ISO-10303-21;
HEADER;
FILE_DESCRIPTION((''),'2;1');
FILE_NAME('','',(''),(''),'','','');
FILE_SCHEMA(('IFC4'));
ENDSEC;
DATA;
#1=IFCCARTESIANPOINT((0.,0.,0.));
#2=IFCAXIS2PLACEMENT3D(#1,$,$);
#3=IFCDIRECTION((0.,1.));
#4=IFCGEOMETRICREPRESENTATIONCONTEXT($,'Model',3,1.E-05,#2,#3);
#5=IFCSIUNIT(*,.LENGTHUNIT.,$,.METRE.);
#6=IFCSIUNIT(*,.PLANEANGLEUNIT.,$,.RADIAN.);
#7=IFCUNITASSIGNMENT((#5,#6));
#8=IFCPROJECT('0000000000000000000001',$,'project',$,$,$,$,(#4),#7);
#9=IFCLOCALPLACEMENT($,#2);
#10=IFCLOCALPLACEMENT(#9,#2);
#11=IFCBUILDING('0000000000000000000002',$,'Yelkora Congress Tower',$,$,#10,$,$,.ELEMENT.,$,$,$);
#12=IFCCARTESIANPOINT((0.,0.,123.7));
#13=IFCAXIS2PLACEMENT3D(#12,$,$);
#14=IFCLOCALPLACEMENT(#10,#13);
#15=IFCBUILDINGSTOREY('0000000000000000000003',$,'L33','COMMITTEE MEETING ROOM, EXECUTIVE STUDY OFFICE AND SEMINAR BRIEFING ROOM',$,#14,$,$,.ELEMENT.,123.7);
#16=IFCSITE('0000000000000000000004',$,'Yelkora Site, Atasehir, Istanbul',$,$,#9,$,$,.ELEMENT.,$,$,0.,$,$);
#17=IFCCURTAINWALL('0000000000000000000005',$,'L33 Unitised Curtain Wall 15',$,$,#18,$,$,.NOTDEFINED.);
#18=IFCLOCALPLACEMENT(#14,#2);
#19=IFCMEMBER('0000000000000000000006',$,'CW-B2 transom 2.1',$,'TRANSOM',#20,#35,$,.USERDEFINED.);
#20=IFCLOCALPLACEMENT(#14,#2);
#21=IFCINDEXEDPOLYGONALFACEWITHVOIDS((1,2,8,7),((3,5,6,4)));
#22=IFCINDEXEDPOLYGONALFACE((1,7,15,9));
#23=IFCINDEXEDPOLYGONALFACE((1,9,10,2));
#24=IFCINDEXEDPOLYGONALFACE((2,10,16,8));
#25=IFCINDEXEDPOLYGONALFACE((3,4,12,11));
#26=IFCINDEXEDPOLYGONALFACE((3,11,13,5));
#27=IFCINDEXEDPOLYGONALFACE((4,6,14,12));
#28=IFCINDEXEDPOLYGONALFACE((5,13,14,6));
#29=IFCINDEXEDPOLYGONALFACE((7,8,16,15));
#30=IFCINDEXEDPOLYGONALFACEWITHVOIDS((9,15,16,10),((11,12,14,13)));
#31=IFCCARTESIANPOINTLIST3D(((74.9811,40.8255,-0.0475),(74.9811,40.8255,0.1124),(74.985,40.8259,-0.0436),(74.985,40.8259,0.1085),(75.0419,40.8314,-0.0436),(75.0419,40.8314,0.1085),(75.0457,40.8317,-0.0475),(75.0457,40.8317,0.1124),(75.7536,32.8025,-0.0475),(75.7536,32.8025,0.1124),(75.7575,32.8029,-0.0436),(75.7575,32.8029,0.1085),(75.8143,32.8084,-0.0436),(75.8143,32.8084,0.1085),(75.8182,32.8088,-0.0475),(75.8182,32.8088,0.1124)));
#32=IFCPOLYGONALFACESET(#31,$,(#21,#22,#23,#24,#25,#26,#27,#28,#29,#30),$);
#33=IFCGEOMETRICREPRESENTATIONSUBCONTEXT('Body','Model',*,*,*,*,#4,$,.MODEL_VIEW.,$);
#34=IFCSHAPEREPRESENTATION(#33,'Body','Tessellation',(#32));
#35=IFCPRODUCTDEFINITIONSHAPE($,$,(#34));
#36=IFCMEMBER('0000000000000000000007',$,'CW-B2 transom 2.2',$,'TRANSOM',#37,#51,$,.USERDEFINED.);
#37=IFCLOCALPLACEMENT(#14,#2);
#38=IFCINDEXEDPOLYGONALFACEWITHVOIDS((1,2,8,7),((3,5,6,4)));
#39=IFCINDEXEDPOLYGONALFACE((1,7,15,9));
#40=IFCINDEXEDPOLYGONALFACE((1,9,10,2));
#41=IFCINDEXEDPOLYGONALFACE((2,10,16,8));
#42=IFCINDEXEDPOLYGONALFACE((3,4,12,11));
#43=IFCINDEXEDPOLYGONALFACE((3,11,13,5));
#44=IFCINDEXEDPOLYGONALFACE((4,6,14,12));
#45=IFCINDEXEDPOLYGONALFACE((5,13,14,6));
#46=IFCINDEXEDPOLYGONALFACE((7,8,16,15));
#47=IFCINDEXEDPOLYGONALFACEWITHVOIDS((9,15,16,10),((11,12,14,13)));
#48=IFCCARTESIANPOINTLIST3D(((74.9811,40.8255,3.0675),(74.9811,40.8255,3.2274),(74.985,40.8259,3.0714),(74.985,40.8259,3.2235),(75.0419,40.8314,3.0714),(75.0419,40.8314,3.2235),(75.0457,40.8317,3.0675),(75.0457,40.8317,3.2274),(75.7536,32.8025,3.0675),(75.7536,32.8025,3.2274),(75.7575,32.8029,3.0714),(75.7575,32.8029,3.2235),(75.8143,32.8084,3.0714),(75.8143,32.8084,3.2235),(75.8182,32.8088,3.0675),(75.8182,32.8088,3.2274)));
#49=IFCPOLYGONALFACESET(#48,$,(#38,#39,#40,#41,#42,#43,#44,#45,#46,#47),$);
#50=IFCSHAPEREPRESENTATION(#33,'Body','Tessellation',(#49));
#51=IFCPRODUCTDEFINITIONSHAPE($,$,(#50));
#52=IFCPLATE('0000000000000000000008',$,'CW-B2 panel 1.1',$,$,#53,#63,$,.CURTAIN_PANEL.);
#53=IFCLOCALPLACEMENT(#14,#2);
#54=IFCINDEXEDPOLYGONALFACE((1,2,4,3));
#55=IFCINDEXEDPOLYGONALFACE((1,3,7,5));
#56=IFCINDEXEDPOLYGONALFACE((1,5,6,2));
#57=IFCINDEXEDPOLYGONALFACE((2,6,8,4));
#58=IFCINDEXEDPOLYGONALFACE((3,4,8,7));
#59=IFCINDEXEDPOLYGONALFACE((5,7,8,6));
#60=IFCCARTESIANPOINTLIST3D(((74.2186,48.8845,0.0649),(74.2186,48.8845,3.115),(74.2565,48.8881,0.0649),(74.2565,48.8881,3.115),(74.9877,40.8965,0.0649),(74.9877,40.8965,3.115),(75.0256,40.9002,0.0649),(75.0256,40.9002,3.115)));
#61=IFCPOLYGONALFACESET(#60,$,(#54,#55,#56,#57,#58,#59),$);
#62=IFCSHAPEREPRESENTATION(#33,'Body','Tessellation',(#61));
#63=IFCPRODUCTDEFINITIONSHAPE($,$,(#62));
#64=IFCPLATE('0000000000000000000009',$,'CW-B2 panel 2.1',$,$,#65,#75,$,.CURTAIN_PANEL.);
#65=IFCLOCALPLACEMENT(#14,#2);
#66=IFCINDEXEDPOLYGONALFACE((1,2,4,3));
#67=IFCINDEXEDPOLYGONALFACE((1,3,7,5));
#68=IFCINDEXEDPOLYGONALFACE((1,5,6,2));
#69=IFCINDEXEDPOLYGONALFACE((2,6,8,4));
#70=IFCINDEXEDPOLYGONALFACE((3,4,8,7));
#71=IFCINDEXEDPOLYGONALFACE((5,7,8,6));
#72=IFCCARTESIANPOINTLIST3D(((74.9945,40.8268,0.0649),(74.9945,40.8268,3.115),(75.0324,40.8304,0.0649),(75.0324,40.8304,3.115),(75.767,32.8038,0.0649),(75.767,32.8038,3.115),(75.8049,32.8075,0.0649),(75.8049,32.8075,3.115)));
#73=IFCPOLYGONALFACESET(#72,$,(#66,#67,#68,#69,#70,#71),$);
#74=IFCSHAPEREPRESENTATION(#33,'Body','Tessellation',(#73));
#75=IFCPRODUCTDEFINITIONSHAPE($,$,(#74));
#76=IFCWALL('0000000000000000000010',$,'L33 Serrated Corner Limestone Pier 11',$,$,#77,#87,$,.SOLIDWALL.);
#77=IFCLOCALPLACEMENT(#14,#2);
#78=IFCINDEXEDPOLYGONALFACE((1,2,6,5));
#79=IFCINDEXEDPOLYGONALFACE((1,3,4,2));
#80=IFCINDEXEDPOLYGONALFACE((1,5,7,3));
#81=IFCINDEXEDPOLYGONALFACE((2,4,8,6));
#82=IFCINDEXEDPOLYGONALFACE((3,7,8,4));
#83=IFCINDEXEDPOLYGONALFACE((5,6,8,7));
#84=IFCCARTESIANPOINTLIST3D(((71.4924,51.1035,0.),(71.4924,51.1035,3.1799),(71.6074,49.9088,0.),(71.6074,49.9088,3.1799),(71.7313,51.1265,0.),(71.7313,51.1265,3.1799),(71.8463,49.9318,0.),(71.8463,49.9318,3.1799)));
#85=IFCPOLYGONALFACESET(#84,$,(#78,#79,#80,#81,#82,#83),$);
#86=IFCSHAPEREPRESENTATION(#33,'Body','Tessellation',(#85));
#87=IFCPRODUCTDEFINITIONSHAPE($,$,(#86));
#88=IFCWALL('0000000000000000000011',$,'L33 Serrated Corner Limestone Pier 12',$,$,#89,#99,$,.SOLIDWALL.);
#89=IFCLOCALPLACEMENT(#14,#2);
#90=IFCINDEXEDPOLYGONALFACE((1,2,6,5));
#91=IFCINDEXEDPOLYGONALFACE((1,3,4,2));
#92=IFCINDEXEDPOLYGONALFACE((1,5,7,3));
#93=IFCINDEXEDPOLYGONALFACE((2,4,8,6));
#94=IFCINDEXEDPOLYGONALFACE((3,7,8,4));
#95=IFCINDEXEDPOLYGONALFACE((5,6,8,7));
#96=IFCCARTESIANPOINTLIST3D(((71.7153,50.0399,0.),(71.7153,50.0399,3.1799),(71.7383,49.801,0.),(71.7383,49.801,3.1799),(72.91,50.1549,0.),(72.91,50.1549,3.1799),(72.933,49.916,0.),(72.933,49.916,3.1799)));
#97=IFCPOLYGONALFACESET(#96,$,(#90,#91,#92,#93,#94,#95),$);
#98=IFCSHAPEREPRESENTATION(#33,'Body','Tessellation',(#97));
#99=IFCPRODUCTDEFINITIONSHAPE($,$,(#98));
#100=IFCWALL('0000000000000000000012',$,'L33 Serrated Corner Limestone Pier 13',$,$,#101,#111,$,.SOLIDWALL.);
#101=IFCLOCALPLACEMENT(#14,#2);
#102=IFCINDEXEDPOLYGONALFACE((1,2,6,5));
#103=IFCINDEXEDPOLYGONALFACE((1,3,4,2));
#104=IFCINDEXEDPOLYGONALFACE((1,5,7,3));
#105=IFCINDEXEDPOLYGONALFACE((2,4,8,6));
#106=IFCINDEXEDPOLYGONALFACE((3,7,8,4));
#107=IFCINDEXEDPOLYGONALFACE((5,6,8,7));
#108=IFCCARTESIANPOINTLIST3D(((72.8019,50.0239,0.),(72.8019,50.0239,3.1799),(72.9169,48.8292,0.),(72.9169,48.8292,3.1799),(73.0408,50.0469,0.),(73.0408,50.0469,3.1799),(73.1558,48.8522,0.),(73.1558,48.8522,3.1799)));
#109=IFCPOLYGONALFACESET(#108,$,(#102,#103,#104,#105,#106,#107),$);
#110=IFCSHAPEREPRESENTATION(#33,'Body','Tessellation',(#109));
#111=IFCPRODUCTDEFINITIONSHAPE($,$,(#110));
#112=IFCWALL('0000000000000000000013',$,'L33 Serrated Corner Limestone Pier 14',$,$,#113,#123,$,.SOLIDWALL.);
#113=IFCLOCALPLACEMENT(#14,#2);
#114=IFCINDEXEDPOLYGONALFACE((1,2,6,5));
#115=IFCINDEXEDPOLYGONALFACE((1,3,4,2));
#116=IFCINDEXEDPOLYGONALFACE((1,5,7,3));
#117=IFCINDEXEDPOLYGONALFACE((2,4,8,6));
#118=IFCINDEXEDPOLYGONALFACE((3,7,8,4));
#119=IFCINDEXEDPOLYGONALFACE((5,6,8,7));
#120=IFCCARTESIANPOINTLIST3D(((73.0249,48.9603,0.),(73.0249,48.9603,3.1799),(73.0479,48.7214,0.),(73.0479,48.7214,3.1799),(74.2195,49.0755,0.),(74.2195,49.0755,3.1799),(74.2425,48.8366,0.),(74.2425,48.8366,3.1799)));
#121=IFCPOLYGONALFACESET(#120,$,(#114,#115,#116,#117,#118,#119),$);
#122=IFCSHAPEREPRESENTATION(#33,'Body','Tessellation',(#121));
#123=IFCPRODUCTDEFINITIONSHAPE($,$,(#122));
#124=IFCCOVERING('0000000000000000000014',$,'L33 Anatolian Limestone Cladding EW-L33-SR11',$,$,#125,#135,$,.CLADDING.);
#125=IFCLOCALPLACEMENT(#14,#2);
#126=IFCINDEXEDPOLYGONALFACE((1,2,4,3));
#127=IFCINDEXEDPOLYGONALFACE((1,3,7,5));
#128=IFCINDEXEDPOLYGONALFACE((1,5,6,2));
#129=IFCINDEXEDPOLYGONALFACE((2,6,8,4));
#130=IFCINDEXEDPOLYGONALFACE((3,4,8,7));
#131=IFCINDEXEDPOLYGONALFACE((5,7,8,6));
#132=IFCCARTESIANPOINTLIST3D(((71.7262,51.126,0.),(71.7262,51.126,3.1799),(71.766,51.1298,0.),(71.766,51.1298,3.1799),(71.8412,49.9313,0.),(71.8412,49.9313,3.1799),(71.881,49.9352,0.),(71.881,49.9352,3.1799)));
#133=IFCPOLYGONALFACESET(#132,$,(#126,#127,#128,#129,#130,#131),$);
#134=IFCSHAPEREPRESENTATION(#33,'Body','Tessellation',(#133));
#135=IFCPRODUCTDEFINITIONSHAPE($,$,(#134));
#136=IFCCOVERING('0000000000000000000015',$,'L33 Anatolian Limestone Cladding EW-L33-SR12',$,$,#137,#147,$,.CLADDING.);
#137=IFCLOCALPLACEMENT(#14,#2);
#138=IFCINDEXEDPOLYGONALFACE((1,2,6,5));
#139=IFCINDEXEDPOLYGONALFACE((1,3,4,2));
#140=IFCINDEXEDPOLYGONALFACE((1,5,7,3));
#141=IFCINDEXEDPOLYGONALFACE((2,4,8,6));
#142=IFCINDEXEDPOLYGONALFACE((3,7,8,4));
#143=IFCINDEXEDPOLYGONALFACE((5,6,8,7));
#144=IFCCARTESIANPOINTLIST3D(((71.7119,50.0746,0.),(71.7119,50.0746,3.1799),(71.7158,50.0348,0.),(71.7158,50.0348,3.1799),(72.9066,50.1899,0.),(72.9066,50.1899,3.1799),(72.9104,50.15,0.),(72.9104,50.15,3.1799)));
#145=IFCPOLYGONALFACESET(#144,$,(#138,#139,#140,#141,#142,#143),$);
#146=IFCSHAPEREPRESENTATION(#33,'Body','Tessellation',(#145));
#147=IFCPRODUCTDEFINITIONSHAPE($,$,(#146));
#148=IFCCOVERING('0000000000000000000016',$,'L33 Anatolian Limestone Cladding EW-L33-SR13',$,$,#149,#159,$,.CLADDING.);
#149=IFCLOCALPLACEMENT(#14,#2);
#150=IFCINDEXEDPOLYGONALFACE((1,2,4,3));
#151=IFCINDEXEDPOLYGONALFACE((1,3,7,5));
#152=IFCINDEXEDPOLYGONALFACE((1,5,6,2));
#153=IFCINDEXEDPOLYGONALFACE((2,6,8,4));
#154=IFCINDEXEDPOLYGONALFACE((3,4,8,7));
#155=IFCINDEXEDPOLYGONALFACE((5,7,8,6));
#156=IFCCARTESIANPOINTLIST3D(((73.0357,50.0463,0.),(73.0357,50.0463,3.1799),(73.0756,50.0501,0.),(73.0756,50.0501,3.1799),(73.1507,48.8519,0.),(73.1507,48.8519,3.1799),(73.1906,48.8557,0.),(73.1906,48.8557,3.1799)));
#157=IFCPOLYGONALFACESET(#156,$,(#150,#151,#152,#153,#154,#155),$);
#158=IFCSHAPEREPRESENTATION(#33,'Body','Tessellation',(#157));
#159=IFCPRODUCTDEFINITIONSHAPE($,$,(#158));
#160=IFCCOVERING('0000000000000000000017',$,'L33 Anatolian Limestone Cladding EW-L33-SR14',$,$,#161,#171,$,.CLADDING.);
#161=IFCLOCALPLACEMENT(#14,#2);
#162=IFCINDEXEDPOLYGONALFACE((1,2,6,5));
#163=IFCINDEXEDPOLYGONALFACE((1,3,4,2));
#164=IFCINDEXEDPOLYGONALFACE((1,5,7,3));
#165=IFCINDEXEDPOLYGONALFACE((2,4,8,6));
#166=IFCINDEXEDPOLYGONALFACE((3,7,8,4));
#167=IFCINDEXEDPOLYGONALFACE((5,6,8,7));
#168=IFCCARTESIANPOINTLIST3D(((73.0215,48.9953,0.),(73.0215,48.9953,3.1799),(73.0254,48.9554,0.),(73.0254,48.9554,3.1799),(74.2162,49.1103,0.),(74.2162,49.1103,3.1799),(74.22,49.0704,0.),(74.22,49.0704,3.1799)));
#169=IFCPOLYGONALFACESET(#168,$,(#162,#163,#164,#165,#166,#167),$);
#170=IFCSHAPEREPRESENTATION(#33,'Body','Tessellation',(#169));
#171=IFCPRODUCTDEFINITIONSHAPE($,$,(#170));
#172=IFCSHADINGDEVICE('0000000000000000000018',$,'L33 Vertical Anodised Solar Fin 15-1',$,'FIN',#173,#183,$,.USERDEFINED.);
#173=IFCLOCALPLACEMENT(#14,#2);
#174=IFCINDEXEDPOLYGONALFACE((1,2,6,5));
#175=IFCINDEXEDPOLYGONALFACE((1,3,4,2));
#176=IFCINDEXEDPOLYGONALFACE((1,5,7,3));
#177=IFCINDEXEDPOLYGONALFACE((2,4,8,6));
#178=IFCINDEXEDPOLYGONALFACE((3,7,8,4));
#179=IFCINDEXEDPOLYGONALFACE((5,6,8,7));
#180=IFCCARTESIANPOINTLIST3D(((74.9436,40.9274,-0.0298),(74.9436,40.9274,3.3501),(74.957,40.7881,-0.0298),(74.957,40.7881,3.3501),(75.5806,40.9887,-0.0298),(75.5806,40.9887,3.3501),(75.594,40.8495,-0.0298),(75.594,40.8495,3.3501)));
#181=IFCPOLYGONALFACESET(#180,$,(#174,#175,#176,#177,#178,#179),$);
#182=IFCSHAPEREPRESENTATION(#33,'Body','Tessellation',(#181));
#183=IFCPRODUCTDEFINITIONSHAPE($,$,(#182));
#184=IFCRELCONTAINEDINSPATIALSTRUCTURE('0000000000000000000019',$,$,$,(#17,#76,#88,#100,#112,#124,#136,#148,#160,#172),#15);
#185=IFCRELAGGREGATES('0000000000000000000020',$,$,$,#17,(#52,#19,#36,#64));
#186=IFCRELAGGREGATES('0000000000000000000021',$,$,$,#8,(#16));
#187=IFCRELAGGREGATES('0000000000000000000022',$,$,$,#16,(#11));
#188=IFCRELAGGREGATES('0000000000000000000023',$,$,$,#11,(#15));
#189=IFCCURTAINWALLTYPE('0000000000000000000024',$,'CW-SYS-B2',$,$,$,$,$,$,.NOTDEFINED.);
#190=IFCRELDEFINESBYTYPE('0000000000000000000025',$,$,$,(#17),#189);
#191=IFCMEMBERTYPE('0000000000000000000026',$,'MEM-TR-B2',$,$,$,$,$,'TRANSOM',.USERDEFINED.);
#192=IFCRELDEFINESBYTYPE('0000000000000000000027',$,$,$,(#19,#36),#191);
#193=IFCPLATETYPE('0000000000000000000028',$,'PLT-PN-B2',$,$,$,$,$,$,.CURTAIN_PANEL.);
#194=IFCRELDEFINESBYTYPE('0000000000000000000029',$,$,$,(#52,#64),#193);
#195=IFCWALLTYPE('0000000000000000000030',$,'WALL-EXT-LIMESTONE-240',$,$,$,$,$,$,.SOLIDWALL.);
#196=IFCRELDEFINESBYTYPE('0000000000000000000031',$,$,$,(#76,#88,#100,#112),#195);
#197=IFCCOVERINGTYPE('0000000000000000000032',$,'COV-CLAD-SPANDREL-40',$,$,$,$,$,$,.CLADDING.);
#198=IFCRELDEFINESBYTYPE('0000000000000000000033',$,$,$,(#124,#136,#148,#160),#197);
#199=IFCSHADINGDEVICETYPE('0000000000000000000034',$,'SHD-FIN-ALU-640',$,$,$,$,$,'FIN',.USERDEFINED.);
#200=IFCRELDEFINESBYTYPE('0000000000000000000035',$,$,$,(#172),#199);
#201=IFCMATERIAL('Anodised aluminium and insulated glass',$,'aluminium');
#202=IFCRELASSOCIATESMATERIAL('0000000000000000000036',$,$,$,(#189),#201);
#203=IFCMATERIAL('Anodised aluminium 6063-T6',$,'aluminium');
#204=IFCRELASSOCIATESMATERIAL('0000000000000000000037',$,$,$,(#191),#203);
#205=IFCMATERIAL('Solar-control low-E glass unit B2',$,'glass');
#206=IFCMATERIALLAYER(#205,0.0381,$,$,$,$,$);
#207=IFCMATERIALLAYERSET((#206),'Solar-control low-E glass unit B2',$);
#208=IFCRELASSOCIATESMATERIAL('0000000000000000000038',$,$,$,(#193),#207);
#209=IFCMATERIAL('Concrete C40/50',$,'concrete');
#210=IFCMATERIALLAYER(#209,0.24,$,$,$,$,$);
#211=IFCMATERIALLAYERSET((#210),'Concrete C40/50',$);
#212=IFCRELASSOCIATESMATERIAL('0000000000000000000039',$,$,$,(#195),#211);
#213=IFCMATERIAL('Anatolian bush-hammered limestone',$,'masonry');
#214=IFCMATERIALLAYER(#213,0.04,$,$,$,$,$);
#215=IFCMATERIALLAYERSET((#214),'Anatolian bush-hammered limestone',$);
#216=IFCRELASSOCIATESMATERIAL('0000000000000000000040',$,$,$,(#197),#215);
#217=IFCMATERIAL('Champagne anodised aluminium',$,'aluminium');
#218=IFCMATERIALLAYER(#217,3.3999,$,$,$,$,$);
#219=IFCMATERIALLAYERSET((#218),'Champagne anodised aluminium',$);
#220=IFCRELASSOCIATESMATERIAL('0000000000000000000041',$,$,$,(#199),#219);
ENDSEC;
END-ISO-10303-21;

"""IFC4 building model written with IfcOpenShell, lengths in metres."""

from ifc_helpers import new_model, si_unit, direction, frame, frame_2d, origin, origin_2d, place, context, subcontext, project, spatial, rectangle, hollow_rectangle, extrude, material, layer, layer_set, material_profile, profile_set, type_object, element, aggregate, save


model = new_model("IFC4")

# Units and contexts
model_context = context("Model", 3, precision=1e-05, world=origin(), true_north=direction((0.0, 1.0)))
body_context = subcontext(model_context, "Body", "Model", "MODEL_VIEW")
ifc_project = project(units=[si_unit("LENGTHUNIT", "METRE"), si_unit("PLANEANGLEUNIT", "RADIAN")], contexts=[model_context])

# Site, building, storey
site_placement = place(None, origin())
site = spatial("IfcSite", under=ifc_project, at=site_placement, Name="Yelkora Site, Atasehir, Istanbul", CompositionType="ELEMENT", RefElevation=0.0)
building_placement = place(site_placement, origin())
building = spatial("IfcBuilding", under=site, at=building_placement, Name="Yelkora Congress Tower", CompositionType="ELEMENT")
storey_placement = place(building_placement, frame((0.0, 0.0, 123.7)))
storey = spatial("IfcBuildingStorey", under=building, at=storey_placement, Name="L33", Description="COMMITTEE MEETING ROOM, EXECUTIVE STUDY OFFICE AND SEMINAR BRIEFING ROOM", CompositionType="ELEMENT", Elevation=123.7)

# Shared definitions
ifc_material_1 = material(Name="Anodised aluminium and insulated glass", Category="aluminium")
curtain_wall_type = type_object("IfcCurtainWallType", Name="CW-SYS-B2", PredefinedType="NOTDEFINED", material=ifc_material_1)
ifc_material_2 = material(Name="Anodised aluminium 6063-T6", Category="aluminium")

# Curtain wall, members, plates
curtain_wall_1_placement = place(storey_placement, origin())
curtain_wall_1 = element("IfcCurtainWall", 1, at=curtain_wall_1_placement, inside=storey, type_object=curtain_wall_type, Name="L33 Unitised Curtain Wall 15", PredefinedType="NOTDEFINED")
ifc_material_profile_1 = material_profile(ifc_material_2, hollow_rectangle(XDim=0.0649, YDim=0.1599, WallThickness=0.0039, at=origin_2d()), Name="ALU 65x160x4")
ifc_profile_set_1 = profile_set([ifc_material_profile_1], Name="Anodised aluminium 6063-T6")
member_type_1 = type_object("IfcMemberType", Name="MEM-TR-B2", ElementType="TRANSOM", PredefinedType="USERDEFINED", material=ifc_profile_set_1)
member_1_placement = place(storey_placement, frame((75.0134, 40.8286, 0.0325), z_axis=(0.095838, -0.995397, 0.0), x_axis=(0.995397, 0.095838, 0.0)))
member_1 = element("IfcMember", 2, at=member_1_placement, type_object=member_type_1, Name="CW-B2 transom 2.1", ObjectType="TRANSOM", PredefinedType="USERDEFINED", context=body_context, shape_type="SweptSolid", body=[
    extrude(hollow_rectangle(XDim=0.0649, YDim=0.1599, WallThickness=0.0039, at=origin_2d()), origin(), (0.0, 0.0, 1.0), 8.0601),
])
member_2_placement = place(storey_placement, frame((75.0134, 40.8286, 3.1475), z_axis=(0.095838, -0.995397, 0.0), x_axis=(0.995397, 0.095838, 0.0)))
member_2 = element("IfcMember", 3, at=member_2_placement, type_object=member_type_1, Name="CW-B2 transom 2.2", ObjectType="TRANSOM", PredefinedType="USERDEFINED", context=body_context, shape_type="SweptSolid", body=[
    extrude(hollow_rectangle(XDim=0.0649, YDim=0.1599, WallThickness=0.0039, at=origin_2d()), origin(), (0.0, 0.0, 1.0), 8.0601),
])
ifc_material_3 = material(Name="Solar-control low-E glass unit B2", Category="glass")
ifc_layer_1 = layer(ifc_material_3, 0.0381)
ifc_layer_set_1 = layer_set([ifc_layer_1], Name="Solar-control low-E glass unit B2")
plate_type = type_object("IfcPlateType", Name="PLT-PN-B2", PredefinedType="CURTAIN_PANEL", material=ifc_layer_set_1)
plate_1_placement = place(storey_placement, frame((74.6221, 44.8923, 0.0649), z_axis=(0.0, 0.0, 1.0), x_axis=(0.095843, -0.995397, 0.0)))
plate_1 = element("IfcPlate", 4, at=plate_1_placement, type_object=plate_type, Name="CW-B2 panel 1.1", PredefinedType="CURTAIN_PANEL", context=body_context, shape_type="SweptSolid", body=[
    extrude(rectangle(XDim=8.0249, YDim=0.0381, at=origin_2d()), origin(), (0.0, 0.0, 1.0), 3.05),
])
plate_2_placement = place(storey_placement, frame((75.3997, 36.8171, 0.0649), z_axis=(0.0, 0.0, 1.0), x_axis=(0.095843, -0.995397, 0.0)))
plate_2 = element("IfcPlate", 5, at=plate_2_placement, type_object=plate_type, Name="CW-B2 panel 2.1", PredefinedType="CURTAIN_PANEL", context=body_context, shape_type="SweptSolid", body=[
    extrude(rectangle(XDim=8.0601, YDim=0.0381, at=origin_2d()), origin(), (0.0, 0.0, 1.0), 3.05),
])
aggregate(curtain_wall_1, [plate_1, member_1, member_2, plate_2])

# Walls
ifc_material_4 = material(Name="Concrete C40/50", Category="concrete")
ifc_layer_2 = layer(ifc_material_4, 0.24)
ifc_layer_set_2 = layer_set([ifc_layer_2], Name="Concrete C40/50")
wall_type = type_object("IfcWallType", Name="WALL-EXT-LIMESTONE-240", PredefinedType="SOLIDWALL", material=ifc_layer_set_2)
for number, where, z_axis, x_axis, name in (
    (6, (71.6118, 51.115, 0.0), (0.0, 0.0, 1.0), (0.095817, -0.995399, 0.0), "L33 Serrated Corner Limestone Pier 11"),
    (7, (71.7268, 49.9204, 0.0), (0.0, 0.0, 1.0), (0.995399, 0.095817, 0.0), "L33 Serrated Corner Limestone Pier 12"),
    (8, (72.9214, 50.0354, 0.0), (0.0, 0.0, 1.0), (0.095817, -0.995399, 0.0), "L33 Serrated Corner Limestone Pier 13"),
    (9, (73.0364, 48.8408, 0.0), (0.0, 0.0, 1.0), (0.99538, 0.096019, 0.0), "L33 Serrated Corner Limestone Pier 14"),
):
    element("IfcWall", number, at=place(storey_placement, frame(where, z_axis=z_axis, x_axis=x_axis)), inside=storey, type_object=wall_type, Name=name, PredefinedType="SOLIDWALL", context=body_context, shape_type="SweptSolid", body=[
        extrude(rectangle(XDim=1.2002, YDim=0.24, at=frame_2d((0.6001, 0.0))), origin(), (0.0, 0.0, 1.0), 3.1799),
    ])

# Coverings
ifc_material_5 = material(Name="Anatolian bush-hammered limestone", Category="masonry")
ifc_layer_3 = layer(ifc_material_5, 0.04)
ifc_layer_set_3 = layer_set([ifc_layer_3], Name="Anatolian bush-hammered limestone")
covering_type = type_object("IfcCoveringType", Name="COV-CLAD-SPANDREL-40", PredefinedType="CLADDING", material=ifc_layer_set_3)
for number, where, z_axis, x_axis, name in (
    (10, (71.7461, 51.1279, 0.0), (0.0, 0.0, 1.0), (0.095817, -0.995399, 0.0), "L33 Anatolian Limestone Cladding EW-L33-SR11"),
    (11, (71.7139, 50.0547, 0.0), (0.0, 0.0, 1.0), (0.99538, 0.096019, 0.0), "L33 Anatolian Limestone Cladding EW-L33-SR12"),
):
    element("IfcCovering", number, at=place(storey_placement, frame(where, z_axis=z_axis, x_axis=x_axis)), inside=storey, type_object=covering_type, Name=name, PredefinedType="CLADDING", context=body_context, shape_type="SweptSolid", body=[
        extrude(rectangle(XDim=1.2002, YDim=0.04, at=frame_2d((0.6001, 0.0))), origin(), (0.0, 0.0, 1.0), 3.1799),
    ])
covering_1_placement = place(storey_placement, frame((73.0557, 50.0483, 0.0), z_axis=(0.0, 0.0, 1.0), x_axis=(0.095836, -0.995397, 0.0)))
element("IfcCovering", 12, at=covering_1_placement, inside=storey, type_object=covering_type, Name="L33 Anatolian Limestone Cladding EW-L33-SR13", PredefinedType="CLADDING", context=body_context, shape_type="SweptSolid", body=[
    extrude(rectangle(XDim=1.2, YDim=0.04, at=frame_2d((0.6001, 0.0))), origin(), (0.0, 0.0, 1.0), 3.1799),
])
covering_2_placement = place(storey_placement, frame((73.0234, 48.9753, 0.0), z_axis=(0.0, 0.0, 1.0), x_axis=(0.995399, 0.095817, 0.0)))
element("IfcCovering", 13, at=covering_2_placement, inside=storey, type_object=covering_type, Name="L33 Anatolian Limestone Cladding EW-L33-SR14", PredefinedType="CLADDING", context=body_context, shape_type="SweptSolid", body=[
    extrude(rectangle(XDim=1.2002, YDim=0.04, at=frame_2d((0.6001, 0.0))), origin(), (0.0, 0.0, 1.0), 3.1799),
])

# Shading device
ifc_material_6 = material(Name="Champagne anodised aluminium", Category="aluminium")
ifc_layer_4 = layer(ifc_material_6, 3.3999)
ifc_layer_set_4 = layer_set([ifc_layer_4], Name="Champagne anodised aluminium")
shading_device_type = type_object("IfcShadingDeviceType", Name="SHD-FIN-ALU-640", ElementType="FIN", PredefinedType="USERDEFINED", material=ifc_layer_set_4)
shading_device_placement = place(storey_placement, frame((75.2688, 40.8884, -0.0298), z_axis=(0.0, 0.0, 1.0), x_axis=(0.095846, -0.995396, 0.0)))
element("IfcShadingDevice", 14, at=shading_device_placement, inside=storey, type_object=shading_device_type, Name="L33 Vertical Anodised Solar Fin 15-1", ObjectType="FIN", PredefinedType="USERDEFINED", context=body_context, shape_type="SweptSolid", body=[
    extrude(rectangle(XDim=0.1399, YDim=0.6399, at=origin_2d()), origin(), (0.0, 0.0, 1.0), 3.3799),
])

save(model, "model.ifc")
